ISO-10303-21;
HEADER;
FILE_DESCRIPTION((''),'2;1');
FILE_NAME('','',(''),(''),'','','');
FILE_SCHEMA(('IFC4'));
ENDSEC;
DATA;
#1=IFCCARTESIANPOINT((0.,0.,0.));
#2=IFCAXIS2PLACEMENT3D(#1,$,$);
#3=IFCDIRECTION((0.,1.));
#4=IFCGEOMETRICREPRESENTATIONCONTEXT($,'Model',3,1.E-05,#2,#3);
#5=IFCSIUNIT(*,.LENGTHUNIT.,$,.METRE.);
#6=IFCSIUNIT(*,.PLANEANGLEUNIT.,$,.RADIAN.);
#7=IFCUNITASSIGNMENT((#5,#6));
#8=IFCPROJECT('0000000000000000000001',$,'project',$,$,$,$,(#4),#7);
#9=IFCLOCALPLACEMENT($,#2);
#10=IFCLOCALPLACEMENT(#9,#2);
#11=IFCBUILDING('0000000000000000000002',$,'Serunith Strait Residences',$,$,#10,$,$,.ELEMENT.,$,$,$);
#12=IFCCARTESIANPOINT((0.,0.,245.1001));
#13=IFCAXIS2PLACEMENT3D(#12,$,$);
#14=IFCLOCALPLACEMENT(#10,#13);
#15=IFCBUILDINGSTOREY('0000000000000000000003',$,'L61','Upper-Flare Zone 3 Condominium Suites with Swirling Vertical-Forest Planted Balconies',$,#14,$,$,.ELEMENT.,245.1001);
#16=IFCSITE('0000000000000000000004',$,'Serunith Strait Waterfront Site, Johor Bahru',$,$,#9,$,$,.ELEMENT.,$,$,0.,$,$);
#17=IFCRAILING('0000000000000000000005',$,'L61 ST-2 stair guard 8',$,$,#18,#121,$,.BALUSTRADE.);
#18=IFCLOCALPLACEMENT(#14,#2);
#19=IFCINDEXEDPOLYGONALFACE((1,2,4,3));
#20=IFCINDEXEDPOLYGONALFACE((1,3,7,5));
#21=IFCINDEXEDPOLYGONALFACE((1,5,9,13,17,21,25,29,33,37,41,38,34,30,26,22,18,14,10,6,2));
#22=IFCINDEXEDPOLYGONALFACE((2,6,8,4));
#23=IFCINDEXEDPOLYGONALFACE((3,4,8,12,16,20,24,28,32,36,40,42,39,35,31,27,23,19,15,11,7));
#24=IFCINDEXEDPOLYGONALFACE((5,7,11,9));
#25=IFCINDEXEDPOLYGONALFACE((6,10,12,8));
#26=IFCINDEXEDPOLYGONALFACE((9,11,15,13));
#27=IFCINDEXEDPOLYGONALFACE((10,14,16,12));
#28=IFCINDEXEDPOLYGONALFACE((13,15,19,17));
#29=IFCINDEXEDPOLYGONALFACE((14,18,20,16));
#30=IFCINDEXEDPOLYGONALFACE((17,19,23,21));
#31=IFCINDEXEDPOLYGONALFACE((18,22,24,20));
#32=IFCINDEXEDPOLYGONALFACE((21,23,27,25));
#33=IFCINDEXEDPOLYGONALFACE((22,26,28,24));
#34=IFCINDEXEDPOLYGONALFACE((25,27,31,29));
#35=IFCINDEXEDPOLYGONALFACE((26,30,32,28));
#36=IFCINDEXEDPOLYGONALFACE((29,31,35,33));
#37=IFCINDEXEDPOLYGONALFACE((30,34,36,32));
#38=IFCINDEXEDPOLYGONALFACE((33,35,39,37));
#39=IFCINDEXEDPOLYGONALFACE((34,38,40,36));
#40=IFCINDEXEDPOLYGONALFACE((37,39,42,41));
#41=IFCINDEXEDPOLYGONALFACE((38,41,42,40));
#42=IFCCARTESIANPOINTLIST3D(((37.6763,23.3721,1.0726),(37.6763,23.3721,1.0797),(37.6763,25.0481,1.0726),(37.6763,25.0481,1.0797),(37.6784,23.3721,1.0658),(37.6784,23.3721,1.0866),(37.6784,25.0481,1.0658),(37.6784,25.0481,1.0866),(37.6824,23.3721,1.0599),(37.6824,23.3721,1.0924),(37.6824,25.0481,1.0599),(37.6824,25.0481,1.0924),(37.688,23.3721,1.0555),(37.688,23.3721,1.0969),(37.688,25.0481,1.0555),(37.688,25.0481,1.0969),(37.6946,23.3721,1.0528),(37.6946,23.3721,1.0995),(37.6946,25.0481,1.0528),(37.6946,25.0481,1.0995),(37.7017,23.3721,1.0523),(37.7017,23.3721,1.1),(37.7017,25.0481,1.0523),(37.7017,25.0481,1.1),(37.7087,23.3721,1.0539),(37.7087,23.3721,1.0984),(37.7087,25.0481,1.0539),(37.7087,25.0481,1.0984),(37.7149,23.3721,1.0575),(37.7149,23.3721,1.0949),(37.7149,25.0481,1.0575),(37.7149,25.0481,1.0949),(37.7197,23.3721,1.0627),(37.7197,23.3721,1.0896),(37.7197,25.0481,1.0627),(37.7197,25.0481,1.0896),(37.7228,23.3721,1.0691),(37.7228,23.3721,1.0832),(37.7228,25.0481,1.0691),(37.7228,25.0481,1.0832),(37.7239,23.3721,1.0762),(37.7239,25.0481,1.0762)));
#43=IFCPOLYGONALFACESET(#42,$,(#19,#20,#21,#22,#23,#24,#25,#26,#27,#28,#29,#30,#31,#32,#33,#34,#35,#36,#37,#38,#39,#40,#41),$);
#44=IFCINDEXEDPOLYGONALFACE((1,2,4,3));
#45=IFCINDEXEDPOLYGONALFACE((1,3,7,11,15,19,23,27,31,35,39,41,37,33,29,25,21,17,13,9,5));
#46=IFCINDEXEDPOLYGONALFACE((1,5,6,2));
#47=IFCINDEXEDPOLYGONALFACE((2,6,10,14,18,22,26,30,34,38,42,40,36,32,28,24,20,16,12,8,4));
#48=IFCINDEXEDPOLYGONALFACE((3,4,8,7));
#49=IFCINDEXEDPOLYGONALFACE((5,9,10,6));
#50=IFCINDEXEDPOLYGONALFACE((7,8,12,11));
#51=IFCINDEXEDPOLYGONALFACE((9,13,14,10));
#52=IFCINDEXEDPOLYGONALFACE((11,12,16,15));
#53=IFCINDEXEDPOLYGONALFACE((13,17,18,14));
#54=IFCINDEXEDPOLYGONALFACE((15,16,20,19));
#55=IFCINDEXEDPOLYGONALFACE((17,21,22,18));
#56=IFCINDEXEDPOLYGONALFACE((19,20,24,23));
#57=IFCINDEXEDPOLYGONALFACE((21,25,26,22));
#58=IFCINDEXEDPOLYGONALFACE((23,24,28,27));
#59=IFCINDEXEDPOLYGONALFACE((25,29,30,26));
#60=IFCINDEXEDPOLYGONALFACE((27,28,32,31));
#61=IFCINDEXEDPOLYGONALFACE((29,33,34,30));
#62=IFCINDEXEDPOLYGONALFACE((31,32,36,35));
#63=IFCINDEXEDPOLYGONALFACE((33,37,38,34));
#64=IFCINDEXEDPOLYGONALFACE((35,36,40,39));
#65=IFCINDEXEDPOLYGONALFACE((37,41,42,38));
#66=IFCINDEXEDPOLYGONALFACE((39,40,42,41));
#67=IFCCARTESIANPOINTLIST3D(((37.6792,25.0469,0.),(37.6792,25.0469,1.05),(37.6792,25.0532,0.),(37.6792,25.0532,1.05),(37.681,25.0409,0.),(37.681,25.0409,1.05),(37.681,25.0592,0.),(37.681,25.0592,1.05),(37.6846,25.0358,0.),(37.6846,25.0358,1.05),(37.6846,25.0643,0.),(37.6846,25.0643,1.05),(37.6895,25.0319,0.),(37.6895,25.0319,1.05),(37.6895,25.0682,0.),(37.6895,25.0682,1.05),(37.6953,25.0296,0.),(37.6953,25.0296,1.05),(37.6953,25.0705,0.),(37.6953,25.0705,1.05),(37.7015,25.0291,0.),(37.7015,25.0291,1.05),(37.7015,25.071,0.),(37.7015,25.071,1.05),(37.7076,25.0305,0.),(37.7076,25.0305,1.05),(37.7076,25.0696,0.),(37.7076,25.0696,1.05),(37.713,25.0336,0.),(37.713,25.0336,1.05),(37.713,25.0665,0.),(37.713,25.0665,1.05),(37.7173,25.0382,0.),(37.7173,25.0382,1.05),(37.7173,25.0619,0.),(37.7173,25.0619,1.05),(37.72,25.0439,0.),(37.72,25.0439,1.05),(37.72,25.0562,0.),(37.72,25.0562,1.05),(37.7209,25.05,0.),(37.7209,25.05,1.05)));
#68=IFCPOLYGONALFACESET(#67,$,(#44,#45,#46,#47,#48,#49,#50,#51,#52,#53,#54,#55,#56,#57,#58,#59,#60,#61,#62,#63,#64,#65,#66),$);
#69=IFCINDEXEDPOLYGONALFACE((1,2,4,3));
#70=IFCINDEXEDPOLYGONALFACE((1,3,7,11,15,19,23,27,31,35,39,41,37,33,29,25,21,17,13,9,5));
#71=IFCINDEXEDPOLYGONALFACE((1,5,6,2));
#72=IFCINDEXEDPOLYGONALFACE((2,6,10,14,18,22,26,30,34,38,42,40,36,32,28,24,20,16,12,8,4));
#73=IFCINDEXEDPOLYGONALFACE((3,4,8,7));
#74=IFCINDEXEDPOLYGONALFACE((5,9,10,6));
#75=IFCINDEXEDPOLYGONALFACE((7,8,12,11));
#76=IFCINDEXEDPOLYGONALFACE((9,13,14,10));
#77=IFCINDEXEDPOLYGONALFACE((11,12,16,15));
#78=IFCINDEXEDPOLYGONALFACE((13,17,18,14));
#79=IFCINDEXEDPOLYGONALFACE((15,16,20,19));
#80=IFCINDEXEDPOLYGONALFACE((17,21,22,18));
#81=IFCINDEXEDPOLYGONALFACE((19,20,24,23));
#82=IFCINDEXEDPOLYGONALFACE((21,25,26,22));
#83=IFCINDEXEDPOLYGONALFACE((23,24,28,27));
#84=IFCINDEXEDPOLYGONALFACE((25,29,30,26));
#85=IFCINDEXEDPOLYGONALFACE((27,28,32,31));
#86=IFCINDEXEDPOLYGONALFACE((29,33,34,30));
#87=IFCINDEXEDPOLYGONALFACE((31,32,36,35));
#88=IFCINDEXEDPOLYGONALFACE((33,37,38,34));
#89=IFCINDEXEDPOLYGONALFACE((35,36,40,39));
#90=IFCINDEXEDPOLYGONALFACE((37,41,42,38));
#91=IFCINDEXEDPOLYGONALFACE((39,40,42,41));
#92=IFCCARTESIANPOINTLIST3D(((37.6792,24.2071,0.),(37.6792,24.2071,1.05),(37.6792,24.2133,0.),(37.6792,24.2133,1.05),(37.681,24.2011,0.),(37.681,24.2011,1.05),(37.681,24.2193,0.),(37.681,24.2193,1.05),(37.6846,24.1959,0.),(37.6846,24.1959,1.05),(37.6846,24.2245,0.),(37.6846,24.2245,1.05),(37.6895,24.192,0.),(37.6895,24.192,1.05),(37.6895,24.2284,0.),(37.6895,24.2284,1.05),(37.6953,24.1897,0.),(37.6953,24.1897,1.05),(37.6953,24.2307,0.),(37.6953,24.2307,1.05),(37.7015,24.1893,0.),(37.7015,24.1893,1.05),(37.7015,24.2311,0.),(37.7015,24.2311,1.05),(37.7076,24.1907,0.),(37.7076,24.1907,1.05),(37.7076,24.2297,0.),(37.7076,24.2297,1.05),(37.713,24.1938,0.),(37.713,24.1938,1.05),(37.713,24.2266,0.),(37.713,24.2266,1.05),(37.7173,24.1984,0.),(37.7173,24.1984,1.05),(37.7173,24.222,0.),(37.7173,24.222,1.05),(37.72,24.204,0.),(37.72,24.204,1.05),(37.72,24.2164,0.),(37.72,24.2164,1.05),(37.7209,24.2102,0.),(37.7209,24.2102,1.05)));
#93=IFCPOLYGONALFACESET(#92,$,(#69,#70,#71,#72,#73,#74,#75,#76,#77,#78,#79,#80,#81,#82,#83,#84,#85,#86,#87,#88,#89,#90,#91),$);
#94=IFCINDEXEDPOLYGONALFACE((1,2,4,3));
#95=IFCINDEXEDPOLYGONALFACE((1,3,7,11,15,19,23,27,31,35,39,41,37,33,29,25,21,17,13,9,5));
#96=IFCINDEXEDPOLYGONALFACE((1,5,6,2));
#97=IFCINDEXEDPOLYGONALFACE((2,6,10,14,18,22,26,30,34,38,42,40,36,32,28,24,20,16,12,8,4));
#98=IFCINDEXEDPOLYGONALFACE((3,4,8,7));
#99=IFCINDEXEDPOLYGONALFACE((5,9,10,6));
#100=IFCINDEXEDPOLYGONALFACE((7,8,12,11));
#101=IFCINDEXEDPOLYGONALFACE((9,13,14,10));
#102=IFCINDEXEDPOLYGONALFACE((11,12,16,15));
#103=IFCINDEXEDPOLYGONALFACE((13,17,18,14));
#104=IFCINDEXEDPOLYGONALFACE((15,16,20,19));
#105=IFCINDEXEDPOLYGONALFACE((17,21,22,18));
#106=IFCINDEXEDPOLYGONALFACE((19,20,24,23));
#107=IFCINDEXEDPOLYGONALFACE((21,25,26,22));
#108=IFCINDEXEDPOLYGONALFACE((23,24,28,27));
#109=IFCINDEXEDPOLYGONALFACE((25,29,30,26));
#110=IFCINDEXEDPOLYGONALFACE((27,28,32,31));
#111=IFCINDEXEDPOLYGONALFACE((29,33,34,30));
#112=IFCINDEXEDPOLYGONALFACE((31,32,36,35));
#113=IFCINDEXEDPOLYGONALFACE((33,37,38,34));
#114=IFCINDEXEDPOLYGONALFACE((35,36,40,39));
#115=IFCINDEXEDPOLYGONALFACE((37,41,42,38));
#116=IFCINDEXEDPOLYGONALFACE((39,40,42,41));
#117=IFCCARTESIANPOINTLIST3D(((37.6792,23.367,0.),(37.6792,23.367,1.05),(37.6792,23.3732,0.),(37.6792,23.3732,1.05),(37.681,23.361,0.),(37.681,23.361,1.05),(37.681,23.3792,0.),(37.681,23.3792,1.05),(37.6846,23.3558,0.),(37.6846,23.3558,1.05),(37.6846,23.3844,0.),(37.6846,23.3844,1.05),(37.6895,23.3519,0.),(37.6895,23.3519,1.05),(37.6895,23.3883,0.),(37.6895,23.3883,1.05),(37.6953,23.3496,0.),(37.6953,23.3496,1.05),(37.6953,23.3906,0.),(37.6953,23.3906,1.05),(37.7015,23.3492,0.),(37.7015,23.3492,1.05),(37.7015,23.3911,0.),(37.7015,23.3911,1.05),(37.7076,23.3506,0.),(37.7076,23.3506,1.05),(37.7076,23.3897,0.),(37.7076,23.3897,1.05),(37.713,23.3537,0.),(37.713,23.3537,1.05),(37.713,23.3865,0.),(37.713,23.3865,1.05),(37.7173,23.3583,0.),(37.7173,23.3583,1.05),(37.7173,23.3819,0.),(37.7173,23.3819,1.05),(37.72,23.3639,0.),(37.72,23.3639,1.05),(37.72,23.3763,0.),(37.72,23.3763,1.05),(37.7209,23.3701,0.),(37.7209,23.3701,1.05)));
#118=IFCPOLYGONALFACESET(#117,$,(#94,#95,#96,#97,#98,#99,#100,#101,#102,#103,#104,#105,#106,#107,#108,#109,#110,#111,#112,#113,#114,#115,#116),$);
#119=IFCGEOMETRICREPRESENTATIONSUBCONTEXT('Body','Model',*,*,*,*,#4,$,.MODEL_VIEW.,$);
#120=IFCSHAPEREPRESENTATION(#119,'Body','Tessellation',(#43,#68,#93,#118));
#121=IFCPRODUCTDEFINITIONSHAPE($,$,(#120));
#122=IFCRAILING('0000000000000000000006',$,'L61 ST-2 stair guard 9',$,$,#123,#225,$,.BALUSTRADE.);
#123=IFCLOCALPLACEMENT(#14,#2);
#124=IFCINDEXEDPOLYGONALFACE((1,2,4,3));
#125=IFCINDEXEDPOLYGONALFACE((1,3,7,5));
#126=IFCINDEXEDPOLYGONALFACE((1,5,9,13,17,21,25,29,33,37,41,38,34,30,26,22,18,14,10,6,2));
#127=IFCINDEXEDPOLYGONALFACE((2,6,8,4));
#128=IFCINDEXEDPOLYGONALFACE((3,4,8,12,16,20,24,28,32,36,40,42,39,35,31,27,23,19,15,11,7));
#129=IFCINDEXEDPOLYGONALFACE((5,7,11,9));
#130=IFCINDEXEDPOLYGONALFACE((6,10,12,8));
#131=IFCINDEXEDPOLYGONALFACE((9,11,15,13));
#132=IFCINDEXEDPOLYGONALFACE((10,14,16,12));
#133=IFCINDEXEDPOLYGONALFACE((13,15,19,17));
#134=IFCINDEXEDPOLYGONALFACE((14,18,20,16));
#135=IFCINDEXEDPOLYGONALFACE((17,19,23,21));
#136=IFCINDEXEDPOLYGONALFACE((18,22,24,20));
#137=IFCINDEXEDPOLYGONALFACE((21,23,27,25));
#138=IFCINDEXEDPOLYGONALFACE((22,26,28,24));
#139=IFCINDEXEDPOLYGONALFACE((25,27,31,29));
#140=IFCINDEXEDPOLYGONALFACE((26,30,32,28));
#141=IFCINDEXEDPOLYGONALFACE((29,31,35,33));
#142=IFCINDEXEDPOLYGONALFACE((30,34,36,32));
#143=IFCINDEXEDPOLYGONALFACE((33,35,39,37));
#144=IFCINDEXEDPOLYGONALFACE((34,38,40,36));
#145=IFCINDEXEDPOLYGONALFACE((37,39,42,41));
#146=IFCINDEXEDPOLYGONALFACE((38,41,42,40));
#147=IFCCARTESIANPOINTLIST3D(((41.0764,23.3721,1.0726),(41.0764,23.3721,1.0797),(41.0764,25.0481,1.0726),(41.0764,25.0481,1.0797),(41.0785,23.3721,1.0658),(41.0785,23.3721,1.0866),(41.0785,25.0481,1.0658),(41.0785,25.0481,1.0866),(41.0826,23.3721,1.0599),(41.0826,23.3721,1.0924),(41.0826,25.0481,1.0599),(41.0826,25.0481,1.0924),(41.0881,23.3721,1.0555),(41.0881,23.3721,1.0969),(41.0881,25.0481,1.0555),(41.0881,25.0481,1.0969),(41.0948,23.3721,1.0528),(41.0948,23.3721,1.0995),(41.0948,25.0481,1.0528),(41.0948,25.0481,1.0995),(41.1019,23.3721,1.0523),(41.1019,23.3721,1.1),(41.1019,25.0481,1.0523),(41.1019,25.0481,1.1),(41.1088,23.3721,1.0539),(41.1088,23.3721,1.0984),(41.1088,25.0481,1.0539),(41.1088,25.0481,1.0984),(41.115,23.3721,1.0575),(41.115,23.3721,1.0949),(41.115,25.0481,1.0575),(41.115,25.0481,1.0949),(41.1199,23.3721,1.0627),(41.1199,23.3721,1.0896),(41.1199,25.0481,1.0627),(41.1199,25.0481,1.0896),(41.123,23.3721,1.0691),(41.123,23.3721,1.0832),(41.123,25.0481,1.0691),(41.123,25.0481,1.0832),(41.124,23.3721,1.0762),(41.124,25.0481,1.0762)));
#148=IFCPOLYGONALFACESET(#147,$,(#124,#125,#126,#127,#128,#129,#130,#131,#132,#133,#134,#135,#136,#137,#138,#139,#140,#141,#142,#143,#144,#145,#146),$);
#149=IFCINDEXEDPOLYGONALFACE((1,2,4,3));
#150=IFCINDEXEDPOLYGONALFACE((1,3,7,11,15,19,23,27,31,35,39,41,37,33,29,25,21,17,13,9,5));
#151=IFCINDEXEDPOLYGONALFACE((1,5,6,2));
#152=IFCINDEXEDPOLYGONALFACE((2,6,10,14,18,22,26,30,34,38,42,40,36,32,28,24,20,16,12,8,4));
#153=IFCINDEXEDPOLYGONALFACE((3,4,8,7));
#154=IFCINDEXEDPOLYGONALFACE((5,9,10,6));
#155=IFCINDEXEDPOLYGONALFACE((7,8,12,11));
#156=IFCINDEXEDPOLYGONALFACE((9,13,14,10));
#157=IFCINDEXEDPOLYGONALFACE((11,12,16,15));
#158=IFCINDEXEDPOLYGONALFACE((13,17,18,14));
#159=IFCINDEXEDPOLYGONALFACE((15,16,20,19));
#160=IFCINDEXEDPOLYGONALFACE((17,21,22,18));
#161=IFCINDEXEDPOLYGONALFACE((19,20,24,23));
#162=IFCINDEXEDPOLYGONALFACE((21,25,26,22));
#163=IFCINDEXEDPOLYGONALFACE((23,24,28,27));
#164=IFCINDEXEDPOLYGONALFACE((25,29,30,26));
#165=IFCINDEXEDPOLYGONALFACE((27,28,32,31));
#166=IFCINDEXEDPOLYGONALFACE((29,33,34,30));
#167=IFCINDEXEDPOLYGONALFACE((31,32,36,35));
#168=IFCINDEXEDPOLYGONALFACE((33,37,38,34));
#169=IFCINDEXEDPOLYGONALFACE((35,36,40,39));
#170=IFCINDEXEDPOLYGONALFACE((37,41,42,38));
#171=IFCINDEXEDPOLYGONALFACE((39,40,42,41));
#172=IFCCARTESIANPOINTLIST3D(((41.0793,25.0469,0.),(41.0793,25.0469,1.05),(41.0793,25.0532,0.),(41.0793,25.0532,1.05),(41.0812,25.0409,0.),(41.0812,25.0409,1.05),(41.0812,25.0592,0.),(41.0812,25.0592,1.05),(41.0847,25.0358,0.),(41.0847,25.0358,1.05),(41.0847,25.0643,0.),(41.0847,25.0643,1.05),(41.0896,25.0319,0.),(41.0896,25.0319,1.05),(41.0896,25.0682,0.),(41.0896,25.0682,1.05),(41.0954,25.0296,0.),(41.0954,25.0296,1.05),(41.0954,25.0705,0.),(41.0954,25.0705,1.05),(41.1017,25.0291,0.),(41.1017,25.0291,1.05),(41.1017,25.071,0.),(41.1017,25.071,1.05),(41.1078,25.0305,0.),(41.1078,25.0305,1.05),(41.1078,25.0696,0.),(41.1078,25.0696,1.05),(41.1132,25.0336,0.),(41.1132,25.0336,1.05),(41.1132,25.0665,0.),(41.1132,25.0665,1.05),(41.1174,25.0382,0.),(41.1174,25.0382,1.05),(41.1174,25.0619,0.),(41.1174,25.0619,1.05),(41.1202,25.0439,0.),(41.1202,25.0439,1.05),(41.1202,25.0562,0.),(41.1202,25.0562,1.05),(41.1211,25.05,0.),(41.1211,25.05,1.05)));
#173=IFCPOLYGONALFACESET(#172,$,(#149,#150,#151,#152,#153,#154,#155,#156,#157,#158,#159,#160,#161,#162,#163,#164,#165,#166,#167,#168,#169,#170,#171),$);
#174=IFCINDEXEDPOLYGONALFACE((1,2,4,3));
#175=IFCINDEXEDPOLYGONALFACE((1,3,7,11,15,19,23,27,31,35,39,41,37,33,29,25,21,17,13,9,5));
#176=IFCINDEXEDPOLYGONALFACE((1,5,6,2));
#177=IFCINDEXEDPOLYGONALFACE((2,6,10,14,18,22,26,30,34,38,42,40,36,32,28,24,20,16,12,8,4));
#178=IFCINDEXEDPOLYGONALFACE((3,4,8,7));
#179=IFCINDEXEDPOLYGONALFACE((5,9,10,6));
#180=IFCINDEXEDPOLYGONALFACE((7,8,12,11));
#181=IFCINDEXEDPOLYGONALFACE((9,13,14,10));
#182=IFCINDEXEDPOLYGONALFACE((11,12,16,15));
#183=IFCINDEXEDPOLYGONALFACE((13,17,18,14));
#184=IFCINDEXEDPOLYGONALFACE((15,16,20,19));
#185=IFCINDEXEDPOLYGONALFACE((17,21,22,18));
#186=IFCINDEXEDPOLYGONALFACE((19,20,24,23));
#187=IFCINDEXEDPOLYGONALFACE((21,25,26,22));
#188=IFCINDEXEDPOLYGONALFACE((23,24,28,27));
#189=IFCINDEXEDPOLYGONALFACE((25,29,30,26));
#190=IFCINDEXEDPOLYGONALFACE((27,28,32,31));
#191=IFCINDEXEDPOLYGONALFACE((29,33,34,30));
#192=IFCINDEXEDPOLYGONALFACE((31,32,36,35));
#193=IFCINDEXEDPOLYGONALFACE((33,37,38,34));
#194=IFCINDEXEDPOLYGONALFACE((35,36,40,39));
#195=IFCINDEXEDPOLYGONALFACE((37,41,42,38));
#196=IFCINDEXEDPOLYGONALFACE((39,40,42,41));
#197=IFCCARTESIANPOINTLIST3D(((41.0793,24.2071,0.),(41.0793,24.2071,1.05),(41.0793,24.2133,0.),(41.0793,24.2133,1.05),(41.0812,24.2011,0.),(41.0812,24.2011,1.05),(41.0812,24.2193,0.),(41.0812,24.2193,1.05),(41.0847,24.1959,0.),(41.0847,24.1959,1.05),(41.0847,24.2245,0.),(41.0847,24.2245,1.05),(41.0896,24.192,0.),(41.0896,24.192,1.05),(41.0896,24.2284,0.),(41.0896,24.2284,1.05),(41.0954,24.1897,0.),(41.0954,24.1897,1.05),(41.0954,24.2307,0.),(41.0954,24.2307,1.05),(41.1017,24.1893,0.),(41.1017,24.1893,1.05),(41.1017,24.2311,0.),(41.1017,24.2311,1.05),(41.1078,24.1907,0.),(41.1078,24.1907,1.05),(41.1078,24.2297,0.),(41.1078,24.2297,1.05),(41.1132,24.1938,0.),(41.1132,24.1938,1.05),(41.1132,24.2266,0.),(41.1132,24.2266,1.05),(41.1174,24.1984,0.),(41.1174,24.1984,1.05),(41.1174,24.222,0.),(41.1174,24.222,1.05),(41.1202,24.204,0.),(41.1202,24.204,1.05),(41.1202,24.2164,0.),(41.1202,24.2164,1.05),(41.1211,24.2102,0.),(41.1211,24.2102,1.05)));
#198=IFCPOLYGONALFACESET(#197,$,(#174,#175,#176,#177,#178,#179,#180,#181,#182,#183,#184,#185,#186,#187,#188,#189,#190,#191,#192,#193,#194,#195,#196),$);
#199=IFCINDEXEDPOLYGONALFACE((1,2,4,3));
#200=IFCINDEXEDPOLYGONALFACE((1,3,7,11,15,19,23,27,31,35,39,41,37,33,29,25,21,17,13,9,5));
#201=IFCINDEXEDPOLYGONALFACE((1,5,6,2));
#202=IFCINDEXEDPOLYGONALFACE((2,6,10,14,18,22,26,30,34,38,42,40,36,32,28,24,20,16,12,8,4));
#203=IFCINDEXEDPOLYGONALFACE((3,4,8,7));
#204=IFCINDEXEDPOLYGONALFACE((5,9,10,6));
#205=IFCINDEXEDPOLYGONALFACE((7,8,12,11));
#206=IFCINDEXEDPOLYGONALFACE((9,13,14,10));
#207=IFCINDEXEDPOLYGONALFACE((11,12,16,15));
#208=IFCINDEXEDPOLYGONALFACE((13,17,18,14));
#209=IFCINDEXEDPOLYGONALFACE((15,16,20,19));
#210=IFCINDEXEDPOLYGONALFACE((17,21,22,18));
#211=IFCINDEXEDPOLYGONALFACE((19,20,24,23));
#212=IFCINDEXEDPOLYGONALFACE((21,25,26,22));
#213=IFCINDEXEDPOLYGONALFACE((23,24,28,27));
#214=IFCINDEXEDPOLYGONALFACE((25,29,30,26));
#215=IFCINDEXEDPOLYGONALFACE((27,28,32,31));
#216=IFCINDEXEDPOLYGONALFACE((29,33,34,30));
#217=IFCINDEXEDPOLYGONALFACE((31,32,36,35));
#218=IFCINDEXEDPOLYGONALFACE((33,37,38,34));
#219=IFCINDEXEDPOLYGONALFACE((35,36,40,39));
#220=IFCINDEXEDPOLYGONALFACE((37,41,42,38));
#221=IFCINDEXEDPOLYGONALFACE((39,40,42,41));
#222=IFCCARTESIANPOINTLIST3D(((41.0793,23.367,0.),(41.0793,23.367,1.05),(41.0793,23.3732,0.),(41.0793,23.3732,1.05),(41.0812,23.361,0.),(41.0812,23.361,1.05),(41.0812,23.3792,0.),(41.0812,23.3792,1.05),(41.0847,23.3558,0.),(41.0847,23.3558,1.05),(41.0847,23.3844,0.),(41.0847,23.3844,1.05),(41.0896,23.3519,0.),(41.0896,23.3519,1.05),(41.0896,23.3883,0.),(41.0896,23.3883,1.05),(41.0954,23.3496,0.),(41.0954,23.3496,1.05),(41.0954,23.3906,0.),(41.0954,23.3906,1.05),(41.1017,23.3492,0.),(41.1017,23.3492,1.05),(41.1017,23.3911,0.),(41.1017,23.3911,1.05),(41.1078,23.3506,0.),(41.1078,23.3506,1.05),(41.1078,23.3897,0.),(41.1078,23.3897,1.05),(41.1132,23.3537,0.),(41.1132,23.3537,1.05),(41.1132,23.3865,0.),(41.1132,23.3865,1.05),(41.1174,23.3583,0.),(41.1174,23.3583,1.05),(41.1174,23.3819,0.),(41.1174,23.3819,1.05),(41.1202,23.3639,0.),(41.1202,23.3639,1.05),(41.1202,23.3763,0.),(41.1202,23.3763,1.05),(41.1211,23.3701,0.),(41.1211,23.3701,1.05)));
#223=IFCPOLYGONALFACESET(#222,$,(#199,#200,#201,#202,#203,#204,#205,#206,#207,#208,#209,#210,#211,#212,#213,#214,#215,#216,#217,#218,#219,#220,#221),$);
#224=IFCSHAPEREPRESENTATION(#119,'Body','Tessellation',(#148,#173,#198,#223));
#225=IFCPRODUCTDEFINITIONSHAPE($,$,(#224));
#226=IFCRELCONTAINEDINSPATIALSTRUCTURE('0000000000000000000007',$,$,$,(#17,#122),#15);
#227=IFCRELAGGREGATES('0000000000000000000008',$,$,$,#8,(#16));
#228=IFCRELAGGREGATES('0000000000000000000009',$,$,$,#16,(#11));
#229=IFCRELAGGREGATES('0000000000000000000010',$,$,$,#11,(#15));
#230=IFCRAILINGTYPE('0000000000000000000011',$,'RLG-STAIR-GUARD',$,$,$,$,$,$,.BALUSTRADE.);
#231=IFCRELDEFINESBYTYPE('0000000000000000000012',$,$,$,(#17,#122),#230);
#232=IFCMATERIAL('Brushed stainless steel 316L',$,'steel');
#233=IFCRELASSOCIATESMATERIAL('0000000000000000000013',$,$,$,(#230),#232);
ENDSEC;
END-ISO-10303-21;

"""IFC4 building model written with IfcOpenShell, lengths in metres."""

from ifc_helpers import new_model, si_unit, direction, frame, origin, origin_2d, place, context, subcontext, project, spatial, circle, extrude, material, type_object, element, save


model = new_model("IFC4")

# Units and contexts
model_context = context("Model", 3, precision=1e-05, world=origin(), true_north=direction((0.0, 1.0)))
body_context = subcontext(model_context, "Body", "Model", "MODEL_VIEW")
ifc_project = project(units=[si_unit("LENGTHUNIT", "METRE"), si_unit("PLANEANGLEUNIT", "RADIAN")], contexts=[model_context])

# Site, building, storey
site_placement = place(None, origin())
site = spatial("IfcSite", under=ifc_project, at=site_placement, Name="Serunith Strait Waterfront Site, Johor Bahru", CompositionType="ELEMENT", RefElevation=0.0)
building_placement = place(site_placement, origin())
building = spatial("IfcBuilding", under=site, at=building_placement, Name="Serunith Strait Residences", CompositionType="ELEMENT")
storey_placement = place(building_placement, frame((0.0, 0.0, 245.1001)))
storey = spatial("IfcBuildingStorey", under=building, at=storey_placement, Name="L61", Description="Upper-Flare Zone 3 Condominium Suites with Swirling Vertical-Forest Planted Balconies", CompositionType="ELEMENT", Elevation=245.1001)

# Railings
ifc_material_1 = material(Name="Brushed stainless steel 316L", Category="steel")
railing_type = type_object("IfcRailingType", Name="RLG-STAIR-GUARD", PredefinedType="BALUSTRADE", material=ifc_material_1)
for number, where, name in (
    (1, (37.7, 25.05, 0.0), "L61 ST-2 stair guard 8"),
    (2, (41.1001, 25.05, 0.0), "L61 ST-2 stair guard 9"),
):
    element("IfcRailing", number, at=place(storey_placement, frame(where)), inside=storey, type_object=railing_type, Name=name, PredefinedType="BALUSTRADE", context=body_context, shape_type="SweptSolid", body=[
        extrude(circle(Radius=0.0239, at=origin_2d()), frame((0.0, -0.002, 1.0762), z_axis=(0.0, -1.0, 0.0), x_axis=(1.0, 0.0, 0.0)), (0.0, 0.0, 1.0), 1.676),
        extrude(circle(Radius=0.021, at=origin_2d()), origin(), (0.0, 0.0, 1.0), 1.05),
        extrude(circle(Radius=0.021, at=origin_2d()), frame((0.0, -0.8398, 0.0)), (0.0, 0.0, 1.0), 1.05),
        extrude(circle(Radius=0.021, at=origin_2d()), frame((0.0, -1.6799, 0.0)), (0.0, 0.0, 1.0), 1.05),
    ])

save(model, "model.ifc")
